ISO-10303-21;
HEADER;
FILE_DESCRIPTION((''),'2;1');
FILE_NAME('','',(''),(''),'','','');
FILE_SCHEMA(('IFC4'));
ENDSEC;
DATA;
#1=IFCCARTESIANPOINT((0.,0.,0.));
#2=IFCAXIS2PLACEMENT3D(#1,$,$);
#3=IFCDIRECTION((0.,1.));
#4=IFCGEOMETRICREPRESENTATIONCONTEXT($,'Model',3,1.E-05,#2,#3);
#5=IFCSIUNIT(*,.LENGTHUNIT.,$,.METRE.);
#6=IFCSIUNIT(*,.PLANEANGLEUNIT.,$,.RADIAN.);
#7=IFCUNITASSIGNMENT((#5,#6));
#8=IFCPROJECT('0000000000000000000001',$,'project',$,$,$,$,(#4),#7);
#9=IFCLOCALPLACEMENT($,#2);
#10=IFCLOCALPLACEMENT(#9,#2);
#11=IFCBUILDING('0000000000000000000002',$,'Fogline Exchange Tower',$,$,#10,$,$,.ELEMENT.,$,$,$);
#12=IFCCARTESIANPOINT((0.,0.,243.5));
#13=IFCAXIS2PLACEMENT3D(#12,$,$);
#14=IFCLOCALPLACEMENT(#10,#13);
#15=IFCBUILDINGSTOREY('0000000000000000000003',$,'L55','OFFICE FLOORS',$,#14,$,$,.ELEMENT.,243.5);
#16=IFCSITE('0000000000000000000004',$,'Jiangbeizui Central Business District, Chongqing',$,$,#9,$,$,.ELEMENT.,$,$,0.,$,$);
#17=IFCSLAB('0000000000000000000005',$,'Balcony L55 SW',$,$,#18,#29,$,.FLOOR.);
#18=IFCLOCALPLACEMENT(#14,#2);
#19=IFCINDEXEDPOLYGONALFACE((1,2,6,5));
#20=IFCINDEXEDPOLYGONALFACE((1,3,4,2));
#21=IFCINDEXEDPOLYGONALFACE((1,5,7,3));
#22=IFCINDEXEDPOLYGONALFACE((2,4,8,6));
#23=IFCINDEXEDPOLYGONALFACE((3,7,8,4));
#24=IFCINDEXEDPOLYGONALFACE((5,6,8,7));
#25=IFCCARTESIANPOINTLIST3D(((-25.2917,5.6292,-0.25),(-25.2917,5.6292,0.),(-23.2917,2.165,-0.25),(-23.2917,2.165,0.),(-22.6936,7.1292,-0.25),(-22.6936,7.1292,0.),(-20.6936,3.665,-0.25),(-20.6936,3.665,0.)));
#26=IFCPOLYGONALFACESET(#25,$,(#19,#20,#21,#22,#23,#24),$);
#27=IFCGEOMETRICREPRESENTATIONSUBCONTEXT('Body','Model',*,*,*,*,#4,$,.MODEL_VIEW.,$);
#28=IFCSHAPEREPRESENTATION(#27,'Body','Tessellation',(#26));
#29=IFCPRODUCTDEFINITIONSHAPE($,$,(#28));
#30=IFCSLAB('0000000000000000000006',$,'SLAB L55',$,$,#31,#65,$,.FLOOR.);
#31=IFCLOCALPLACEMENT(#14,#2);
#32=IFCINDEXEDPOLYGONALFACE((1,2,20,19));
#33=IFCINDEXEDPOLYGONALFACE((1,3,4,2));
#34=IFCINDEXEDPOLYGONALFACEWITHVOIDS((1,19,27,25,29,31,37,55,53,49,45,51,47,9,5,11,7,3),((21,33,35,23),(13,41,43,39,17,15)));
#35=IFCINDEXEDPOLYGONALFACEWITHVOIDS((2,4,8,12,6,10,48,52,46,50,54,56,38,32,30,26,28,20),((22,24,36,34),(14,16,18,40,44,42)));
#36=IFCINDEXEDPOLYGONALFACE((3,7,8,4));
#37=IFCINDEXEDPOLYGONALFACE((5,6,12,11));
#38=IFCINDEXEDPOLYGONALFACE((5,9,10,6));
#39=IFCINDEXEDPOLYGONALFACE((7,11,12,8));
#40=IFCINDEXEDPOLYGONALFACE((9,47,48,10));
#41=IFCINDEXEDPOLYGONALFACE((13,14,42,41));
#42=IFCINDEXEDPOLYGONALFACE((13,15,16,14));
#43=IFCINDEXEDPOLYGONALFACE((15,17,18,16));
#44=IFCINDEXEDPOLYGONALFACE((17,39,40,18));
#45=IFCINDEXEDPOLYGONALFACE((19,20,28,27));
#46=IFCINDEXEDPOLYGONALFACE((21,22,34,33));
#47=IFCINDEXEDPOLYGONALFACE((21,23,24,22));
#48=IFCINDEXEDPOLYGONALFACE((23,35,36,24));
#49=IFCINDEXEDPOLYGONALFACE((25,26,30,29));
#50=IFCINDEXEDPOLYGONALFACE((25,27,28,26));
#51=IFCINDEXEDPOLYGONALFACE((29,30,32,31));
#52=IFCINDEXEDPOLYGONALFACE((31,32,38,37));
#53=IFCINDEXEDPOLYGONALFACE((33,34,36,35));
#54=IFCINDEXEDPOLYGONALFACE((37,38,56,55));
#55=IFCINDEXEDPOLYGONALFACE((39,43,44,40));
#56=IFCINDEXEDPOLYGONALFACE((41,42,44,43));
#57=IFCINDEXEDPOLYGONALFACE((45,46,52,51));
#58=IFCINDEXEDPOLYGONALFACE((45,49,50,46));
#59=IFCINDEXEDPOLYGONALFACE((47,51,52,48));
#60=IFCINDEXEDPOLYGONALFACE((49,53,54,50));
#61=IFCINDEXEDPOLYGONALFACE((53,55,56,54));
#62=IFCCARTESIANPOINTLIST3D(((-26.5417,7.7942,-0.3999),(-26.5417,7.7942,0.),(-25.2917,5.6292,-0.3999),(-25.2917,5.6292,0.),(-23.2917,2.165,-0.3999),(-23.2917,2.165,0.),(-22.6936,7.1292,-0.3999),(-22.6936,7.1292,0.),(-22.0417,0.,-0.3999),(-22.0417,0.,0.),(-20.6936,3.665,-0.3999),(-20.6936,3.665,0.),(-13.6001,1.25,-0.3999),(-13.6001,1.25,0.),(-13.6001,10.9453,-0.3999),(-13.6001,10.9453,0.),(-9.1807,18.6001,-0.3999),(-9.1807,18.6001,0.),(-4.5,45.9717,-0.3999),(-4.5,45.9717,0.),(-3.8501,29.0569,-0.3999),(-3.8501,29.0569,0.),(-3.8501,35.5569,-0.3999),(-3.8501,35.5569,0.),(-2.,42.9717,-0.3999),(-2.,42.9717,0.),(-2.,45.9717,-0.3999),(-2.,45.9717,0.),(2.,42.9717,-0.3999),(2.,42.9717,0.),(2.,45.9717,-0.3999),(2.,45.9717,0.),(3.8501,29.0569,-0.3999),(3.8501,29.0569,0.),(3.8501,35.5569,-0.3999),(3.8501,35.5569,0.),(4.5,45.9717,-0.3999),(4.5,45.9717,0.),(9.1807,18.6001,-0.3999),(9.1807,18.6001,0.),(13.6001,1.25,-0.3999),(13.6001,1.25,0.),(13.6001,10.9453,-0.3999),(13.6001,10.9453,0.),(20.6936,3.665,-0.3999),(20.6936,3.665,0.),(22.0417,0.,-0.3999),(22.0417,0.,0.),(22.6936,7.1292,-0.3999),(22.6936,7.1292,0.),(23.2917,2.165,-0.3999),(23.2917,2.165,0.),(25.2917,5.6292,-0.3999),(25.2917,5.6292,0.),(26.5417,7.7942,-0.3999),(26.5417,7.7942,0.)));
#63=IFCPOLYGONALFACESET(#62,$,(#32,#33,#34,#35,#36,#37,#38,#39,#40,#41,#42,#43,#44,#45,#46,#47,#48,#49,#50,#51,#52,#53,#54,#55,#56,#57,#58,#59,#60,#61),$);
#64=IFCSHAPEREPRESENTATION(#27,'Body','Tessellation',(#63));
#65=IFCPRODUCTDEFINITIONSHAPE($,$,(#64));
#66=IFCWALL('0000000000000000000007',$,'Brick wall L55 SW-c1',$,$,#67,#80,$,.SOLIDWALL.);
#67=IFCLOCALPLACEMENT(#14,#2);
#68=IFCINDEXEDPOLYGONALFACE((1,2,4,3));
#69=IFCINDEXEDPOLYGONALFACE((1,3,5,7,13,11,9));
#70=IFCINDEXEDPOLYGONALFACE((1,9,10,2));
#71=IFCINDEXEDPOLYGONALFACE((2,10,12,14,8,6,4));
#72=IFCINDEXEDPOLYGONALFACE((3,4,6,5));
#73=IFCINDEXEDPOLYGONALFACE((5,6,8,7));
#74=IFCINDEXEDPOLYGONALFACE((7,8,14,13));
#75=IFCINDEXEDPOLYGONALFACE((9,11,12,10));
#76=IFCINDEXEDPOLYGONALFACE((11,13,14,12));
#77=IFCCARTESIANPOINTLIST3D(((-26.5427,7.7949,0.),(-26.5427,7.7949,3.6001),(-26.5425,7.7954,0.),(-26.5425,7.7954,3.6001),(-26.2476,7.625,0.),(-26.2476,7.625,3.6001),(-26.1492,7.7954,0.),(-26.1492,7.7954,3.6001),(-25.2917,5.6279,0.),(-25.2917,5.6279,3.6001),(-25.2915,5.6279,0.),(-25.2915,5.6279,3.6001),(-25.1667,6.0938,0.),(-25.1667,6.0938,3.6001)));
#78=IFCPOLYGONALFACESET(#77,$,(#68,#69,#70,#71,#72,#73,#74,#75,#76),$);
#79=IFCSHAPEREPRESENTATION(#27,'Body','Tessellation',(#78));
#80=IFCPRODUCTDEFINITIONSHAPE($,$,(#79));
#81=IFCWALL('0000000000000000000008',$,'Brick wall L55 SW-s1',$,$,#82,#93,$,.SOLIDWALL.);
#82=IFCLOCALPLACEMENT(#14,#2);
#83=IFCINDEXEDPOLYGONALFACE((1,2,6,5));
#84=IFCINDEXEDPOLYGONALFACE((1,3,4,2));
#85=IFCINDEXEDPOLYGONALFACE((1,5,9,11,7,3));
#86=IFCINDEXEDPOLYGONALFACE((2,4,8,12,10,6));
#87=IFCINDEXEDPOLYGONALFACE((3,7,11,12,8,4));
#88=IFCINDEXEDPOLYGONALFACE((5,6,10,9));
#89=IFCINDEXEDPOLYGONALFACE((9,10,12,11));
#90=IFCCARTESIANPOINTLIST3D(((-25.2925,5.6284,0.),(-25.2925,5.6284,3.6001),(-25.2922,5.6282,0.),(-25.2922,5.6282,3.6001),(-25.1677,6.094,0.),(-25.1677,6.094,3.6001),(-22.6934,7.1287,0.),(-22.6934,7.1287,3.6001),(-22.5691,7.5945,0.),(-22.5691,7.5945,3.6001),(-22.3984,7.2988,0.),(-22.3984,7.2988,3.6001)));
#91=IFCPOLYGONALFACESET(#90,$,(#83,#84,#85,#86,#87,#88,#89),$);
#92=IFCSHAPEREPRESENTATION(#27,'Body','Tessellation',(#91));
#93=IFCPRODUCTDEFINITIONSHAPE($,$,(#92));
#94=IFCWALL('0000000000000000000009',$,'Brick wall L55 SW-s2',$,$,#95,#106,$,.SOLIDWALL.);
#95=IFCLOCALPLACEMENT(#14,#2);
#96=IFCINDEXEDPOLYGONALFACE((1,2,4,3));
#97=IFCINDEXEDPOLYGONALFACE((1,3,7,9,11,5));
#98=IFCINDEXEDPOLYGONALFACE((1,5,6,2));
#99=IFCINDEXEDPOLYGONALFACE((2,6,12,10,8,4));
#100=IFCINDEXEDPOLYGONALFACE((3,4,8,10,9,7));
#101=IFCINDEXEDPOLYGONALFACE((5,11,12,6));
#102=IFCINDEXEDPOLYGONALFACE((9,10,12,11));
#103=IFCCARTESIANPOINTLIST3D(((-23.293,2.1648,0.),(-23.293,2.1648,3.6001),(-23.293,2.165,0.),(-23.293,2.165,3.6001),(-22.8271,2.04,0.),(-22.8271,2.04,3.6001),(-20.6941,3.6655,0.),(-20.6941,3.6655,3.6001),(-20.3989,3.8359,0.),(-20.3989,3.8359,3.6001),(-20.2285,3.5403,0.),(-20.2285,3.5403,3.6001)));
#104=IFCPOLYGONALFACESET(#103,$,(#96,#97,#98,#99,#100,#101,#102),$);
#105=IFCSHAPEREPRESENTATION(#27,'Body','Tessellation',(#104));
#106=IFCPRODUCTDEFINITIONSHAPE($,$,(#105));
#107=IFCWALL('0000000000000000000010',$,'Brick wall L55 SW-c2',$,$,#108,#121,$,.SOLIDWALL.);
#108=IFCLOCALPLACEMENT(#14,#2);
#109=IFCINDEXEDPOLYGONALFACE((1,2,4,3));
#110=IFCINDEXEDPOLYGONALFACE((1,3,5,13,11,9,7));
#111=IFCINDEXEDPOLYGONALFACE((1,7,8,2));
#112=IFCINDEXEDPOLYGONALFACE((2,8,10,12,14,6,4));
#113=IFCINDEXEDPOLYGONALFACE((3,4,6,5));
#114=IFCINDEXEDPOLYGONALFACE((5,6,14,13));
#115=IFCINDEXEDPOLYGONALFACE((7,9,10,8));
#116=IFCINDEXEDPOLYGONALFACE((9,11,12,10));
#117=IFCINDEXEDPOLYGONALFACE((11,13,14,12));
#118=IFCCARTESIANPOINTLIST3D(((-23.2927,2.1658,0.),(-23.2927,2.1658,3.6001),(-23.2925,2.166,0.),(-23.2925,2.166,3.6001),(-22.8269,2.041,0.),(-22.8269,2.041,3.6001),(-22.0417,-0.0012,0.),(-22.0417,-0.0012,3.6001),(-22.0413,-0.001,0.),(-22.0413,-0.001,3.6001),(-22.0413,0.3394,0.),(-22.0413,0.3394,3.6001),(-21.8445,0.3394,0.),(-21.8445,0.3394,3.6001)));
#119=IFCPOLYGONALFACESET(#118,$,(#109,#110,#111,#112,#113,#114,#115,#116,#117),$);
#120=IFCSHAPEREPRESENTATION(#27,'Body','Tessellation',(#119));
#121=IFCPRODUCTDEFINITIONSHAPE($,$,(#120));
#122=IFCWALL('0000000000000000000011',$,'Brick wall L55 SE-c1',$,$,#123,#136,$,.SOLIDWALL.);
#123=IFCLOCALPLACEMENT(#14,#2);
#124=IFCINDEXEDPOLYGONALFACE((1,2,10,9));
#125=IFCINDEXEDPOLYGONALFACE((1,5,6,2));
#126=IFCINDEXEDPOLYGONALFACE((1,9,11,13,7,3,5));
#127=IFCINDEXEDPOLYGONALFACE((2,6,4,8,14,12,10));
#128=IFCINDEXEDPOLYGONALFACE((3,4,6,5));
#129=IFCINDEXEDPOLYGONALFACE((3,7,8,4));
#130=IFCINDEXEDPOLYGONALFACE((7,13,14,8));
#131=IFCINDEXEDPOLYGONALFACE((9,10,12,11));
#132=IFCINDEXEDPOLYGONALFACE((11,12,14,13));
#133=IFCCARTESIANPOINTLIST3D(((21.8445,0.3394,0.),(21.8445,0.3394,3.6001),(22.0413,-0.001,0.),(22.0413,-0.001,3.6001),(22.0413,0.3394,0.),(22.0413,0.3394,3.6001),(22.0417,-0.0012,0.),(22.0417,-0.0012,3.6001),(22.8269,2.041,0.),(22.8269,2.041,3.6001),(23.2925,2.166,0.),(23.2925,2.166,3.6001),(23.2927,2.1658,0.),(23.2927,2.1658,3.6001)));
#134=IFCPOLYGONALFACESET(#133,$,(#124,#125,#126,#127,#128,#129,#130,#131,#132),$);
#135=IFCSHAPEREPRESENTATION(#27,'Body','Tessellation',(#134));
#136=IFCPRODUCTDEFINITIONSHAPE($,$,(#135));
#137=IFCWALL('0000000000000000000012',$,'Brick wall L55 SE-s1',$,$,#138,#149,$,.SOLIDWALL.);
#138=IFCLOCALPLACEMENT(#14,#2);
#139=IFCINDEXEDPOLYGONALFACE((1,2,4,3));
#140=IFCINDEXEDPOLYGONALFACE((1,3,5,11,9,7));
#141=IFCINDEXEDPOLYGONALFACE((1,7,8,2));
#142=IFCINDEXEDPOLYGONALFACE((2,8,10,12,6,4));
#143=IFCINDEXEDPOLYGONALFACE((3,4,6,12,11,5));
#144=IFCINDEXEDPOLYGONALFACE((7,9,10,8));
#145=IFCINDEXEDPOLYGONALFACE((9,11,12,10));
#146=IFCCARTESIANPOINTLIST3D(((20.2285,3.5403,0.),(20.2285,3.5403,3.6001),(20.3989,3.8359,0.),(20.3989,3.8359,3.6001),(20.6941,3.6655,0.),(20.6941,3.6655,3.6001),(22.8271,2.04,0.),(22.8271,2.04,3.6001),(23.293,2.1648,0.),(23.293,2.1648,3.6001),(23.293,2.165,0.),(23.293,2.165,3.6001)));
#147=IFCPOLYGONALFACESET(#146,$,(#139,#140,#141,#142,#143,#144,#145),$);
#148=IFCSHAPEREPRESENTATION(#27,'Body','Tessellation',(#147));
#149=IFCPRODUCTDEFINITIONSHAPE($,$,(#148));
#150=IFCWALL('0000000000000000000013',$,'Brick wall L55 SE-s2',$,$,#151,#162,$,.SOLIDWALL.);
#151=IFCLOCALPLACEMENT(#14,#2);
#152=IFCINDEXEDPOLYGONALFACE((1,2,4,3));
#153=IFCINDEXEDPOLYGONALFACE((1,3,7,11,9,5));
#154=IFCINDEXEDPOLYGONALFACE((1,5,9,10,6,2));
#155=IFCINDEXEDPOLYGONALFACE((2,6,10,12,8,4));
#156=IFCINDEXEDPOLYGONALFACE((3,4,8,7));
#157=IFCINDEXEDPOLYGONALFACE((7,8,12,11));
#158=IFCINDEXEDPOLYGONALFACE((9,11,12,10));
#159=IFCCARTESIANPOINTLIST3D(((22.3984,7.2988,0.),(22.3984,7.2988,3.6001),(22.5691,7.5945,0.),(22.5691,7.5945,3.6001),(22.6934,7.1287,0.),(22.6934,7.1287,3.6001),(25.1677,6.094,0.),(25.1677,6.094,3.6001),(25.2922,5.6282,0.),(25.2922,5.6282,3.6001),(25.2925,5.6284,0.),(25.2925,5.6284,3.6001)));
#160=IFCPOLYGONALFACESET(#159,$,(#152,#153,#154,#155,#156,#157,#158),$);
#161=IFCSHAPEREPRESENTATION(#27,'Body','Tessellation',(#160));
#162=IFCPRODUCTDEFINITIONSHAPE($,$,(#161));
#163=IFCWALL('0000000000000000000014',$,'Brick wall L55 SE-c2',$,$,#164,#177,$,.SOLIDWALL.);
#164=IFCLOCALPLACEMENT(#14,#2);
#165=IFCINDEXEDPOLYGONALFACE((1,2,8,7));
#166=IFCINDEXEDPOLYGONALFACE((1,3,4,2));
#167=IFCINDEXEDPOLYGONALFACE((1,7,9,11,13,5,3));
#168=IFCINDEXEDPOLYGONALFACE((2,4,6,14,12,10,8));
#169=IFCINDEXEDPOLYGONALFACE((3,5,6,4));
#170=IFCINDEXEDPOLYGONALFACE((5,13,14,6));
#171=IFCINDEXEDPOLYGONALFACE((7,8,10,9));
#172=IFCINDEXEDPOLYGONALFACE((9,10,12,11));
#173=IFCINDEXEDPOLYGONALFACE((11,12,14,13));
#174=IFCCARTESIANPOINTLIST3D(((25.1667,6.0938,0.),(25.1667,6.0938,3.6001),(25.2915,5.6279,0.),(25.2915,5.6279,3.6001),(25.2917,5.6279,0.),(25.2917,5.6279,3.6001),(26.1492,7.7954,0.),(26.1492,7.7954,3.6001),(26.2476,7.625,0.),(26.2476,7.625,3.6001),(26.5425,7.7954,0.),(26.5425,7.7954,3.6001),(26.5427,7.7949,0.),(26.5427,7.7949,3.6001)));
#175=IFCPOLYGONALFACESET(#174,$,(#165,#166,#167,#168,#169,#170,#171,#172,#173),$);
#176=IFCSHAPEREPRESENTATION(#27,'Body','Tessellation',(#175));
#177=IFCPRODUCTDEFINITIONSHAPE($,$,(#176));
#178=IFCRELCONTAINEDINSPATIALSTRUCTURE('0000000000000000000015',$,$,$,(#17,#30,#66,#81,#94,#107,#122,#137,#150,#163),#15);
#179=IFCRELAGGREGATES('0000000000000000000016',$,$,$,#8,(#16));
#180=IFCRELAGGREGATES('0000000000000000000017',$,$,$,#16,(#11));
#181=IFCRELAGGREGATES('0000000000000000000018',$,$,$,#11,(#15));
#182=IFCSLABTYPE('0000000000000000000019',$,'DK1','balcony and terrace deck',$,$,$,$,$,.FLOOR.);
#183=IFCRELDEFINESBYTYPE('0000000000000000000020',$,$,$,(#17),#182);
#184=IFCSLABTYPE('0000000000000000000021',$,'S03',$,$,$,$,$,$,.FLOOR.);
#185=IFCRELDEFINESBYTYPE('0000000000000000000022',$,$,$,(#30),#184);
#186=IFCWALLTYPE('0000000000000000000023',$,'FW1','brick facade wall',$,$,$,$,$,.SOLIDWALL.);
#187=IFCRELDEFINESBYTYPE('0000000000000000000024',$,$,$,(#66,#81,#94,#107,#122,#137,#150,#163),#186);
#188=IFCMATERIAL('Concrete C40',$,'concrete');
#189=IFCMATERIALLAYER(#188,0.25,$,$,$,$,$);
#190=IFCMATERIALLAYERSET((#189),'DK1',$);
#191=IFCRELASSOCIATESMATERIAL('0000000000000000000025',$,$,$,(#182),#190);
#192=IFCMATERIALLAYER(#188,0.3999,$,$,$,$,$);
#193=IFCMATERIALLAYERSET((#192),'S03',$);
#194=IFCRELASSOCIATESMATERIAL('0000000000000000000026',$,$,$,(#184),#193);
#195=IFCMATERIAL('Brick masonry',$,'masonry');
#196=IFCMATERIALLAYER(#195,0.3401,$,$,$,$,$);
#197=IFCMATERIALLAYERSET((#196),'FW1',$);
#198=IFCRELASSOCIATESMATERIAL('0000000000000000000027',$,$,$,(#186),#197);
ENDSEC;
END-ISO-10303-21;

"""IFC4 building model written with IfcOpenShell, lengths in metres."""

from ifc_helpers import new_model, si_unit, direction, frame, origin, place, context, subcontext, project, spatial, polyline, outline, extrude, material, layer, layer_set, type_object, element, save


model = new_model("IFC4")

# Units and contexts
model_context = context("Model", 3, precision=1e-05, world=origin(), true_north=direction((0.0, 1.0)))
body_context = subcontext(model_context, "Body", "Model", "MODEL_VIEW")
ifc_project = project(units=[si_unit("LENGTHUNIT", "METRE"), si_unit("PLANEANGLEUNIT", "RADIAN")], contexts=[model_context])

# Site, building, storey
site_placement = place(None, origin())
site = spatial("IfcSite", under=ifc_project, at=site_placement, Name="Jiangbeizui Central Business District, Chongqing", CompositionType="ELEMENT", RefElevation=0.0)
building_placement = place(site_placement, origin())
building = spatial("IfcBuilding", under=site, at=building_placement, Name="Fogline Exchange Tower", CompositionType="ELEMENT")
storey_placement = place(building_placement, frame((0.0, 0.0, 243.5)))
storey = spatial("IfcBuildingStorey", under=building, at=storey_placement, Name="L55", Description="OFFICE FLOORS", CompositionType="ELEMENT", Elevation=243.5)

# Slabs
ifc_material_1 = material(Name="Concrete C40", Category="concrete")
ifc_layer_1 = layer(ifc_material_1, 0.25)
ifc_layer_set_1 = layer_set([ifc_layer_1], Name="DK1")
slab_type_1 = type_object("IfcSlabType", Name="DK1", Description="balcony and terrace deck", PredefinedType="FLOOR", material=ifc_layer_set_1)
slab_1_placement = place(storey_placement, frame((0.0, 0.0, -0.25)))
element("IfcSlab", 1, at=slab_1_placement, inside=storey, type_object=slab_type_1, Name="Balcony L55 SW", PredefinedType="FLOOR", context=body_context, shape_type="SweptSolid", body=[
    extrude(outline(polyline([(-25.2917, 5.6292), (-23.2917, 2.165), (-20.6936, 3.665), (-22.6936, 7.1292), (-25.2917, 5.6292)])), origin(), (0.0, 0.0, 1.0), 0.25),
])
ifc_layer_2 = layer(ifc_material_1, 0.3999)
ifc_layer_set_2 = layer_set([ifc_layer_2], Name="S03")
slab_type_2 = type_object("IfcSlabType", Name="S03", PredefinedType="FLOOR", material=ifc_layer_set_2)
slab_2_placement = place(storey_placement, frame((0.0, 0.0, -0.3999)))
element("IfcSlab", 2, at=slab_2_placement, inside=storey, type_object=slab_type_2, Name="SLAB L55", PredefinedType="FLOOR", context=body_context, shape_type="SweptSolid", body=[
    extrude(outline(polyline([(-2.0, 45.9717), (-4.5, 45.9717), (-26.5417, 7.7942), (-25.2917, 5.6292), (-22.6936, 7.1292), (-20.6936, 3.665), (-23.2917, 2.165), (-22.0417, 0.0), (22.0417, 0.0), (23.2917, 2.165), (20.6936, 3.665), (22.6936, 7.1292), (25.2917, 5.6292), (26.5417, 7.7942), (4.5, 45.9717), (2.0, 45.9717), (2.0, 42.9717), (-2.0, 42.9717), (-2.0, 45.9717)]), holes=[polyline([(13.6001, 10.9453), (13.6001, 1.25), (-13.6001, 1.25), (-13.6001, 10.9453), (-9.1807, 18.6001), (9.1807, 18.6001), (13.6001, 10.9453)]), polyline([(3.8501, 35.5569), (3.8501, 29.0569), (-3.8501, 29.0569), (-3.8501, 35.5569), (3.8501, 35.5569)])]), origin(), (0.0, 0.0, 1.0), 0.3999),
])

# Walls
ifc_material_2 = material(Name="Brick masonry", Category="masonry")
ifc_layer_3 = layer(ifc_material_2, 0.3401)
ifc_layer_set_3 = layer_set([ifc_layer_3], Name="FW1")
wall_type = type_object("IfcWallType", Name="FW1", Description="brick facade wall", PredefinedType="SOLIDWALL", material=ifc_layer_set_3)
wall_1_placement = place(storey_placement, origin())
element("IfcWall", 3, at=wall_1_placement, inside=storey, type_object=wall_type, Name="Brick wall L55 SW-c1", PredefinedType="SOLIDWALL", context=body_context, shape_type="SweptSolid", body=[
    extrude(outline(polyline([(-25.2917, 5.6279), (-26.5427, 7.7949), (-26.5425, 7.7954), (-26.2476, 7.625), (-26.1492, 7.7954), (-25.1667, 6.0938), (-25.2915, 5.6279), (-25.2917, 5.6279)])), origin(), (0.0, 0.0, 1.0), 3.6001),
])
wall_2_placement = place(storey_placement, origin())
element("IfcWall", 4, at=wall_2_placement, inside=storey, type_object=wall_type, Name="Brick wall L55 SW-s1", PredefinedType="SOLIDWALL", context=body_context, shape_type="SweptSolid", body=[
    extrude(outline(polyline([(-22.5691, 7.5945), (-22.3984, 7.2988), (-22.6934, 7.1287), (-25.2922, 5.6282), (-25.2925, 5.6284), (-25.1677, 6.094), (-22.5691, 7.5945)])), origin(), (0.0, 0.0, 1.0), 3.6001),
])
wall_3_placement = place(storey_placement, origin())
element("IfcWall", 5, at=wall_3_placement, inside=storey, type_object=wall_type, Name="Brick wall L55 SW-s2", PredefinedType="SOLIDWALL", context=body_context, shape_type="SweptSolid", body=[
    extrude(outline(polyline([(-23.293, 2.165), (-20.6941, 3.6655), (-20.3989, 3.8359), (-20.2285, 3.5403), (-22.8271, 2.04), (-23.293, 2.1648), (-23.293, 2.165)])), origin(), (0.0, 0.0, 1.0), 3.6001),
])
wall_4_placement = place(storey_placement, origin())
element("IfcWall", 6, at=wall_4_placement, inside=storey, type_object=wall_type, Name="Brick wall L55 SW-c2", PredefinedType="SOLIDWALL", context=body_context, shape_type="SweptSolid", body=[
    extrude(outline(polyline([(-21.8445, 0.3394), (-22.0413, 0.3394), (-22.0413, -0.001), (-22.0417, -0.0012), (-23.2927, 2.1658), (-23.2925, 2.166), (-22.8269, 2.041), (-21.8445, 0.3394)])), origin(), (0.0, 0.0, 1.0), 3.6001),
])
wall_5_placement = place(storey_placement, origin())
element("IfcWall", 7, at=wall_5_placement, inside=storey, type_object=wall_type, Name="Brick wall L55 SE-c1", PredefinedType="SOLIDWALL", context=body_context, shape_type="SweptSolid", body=[
    extrude(outline(polyline([(23.2927, 2.1658), (22.0417, -0.0012), (22.0413, -0.001), (22.0413, 0.3394), (21.8445, 0.3394), (22.8269, 2.041), (23.2925, 2.166), (23.2927, 2.1658)])), origin(), (0.0, 0.0, 1.0), 3.6001),
])
wall_6_placement = place(storey_placement, origin())
element("IfcWall", 8, at=wall_6_placement, inside=storey, type_object=wall_type, Name="Brick wall L55 SE-s1", PredefinedType="SOLIDWALL", context=body_context, shape_type="SweptSolid", body=[
    extrude(outline(polyline([(20.2285, 3.5403), (20.3989, 3.8359), (20.6941, 3.6655), (23.293, 2.165), (23.293, 2.1648), (22.8271, 2.04), (20.2285, 3.5403)])), origin(), (0.0, 0.0, 1.0), 3.6001),
])
wall_7_placement = place(storey_placement, origin())
element("IfcWall", 9, at=wall_7_placement, inside=storey, type_object=wall_type, Name="Brick wall L55 SE-s2", PredefinedType="SOLIDWALL", context=body_context, shape_type="SweptSolid", body=[
    extrude(outline(polyline([(25.2922, 5.6282), (22.6934, 7.1287), (22.3984, 7.2988), (22.5691, 7.5945), (25.1677, 6.094), (25.2925, 5.6284), (25.2922, 5.6282)])), origin(), (0.0, 0.0, 1.0), 3.6001),
])
wall_8_placement = place(storey_placement, origin())
element("IfcWall", 10, at=wall_8_placement, inside=storey, type_object=wall_type, Name="Brick wall L55 SE-c2", PredefinedType="SOLIDWALL", context=body_context, shape_type="SweptSolid", body=[
    extrude(outline(polyline([(26.1492, 7.7954), (26.2476, 7.625), (26.5425, 7.7954), (26.5427, 7.7949), (25.2917, 5.6279), (25.2915, 5.6279), (25.1667, 6.0938), (26.1492, 7.7954)])), origin(), (0.0, 0.0, 1.0), 3.6001),
])

save(model, "model.ifc")
